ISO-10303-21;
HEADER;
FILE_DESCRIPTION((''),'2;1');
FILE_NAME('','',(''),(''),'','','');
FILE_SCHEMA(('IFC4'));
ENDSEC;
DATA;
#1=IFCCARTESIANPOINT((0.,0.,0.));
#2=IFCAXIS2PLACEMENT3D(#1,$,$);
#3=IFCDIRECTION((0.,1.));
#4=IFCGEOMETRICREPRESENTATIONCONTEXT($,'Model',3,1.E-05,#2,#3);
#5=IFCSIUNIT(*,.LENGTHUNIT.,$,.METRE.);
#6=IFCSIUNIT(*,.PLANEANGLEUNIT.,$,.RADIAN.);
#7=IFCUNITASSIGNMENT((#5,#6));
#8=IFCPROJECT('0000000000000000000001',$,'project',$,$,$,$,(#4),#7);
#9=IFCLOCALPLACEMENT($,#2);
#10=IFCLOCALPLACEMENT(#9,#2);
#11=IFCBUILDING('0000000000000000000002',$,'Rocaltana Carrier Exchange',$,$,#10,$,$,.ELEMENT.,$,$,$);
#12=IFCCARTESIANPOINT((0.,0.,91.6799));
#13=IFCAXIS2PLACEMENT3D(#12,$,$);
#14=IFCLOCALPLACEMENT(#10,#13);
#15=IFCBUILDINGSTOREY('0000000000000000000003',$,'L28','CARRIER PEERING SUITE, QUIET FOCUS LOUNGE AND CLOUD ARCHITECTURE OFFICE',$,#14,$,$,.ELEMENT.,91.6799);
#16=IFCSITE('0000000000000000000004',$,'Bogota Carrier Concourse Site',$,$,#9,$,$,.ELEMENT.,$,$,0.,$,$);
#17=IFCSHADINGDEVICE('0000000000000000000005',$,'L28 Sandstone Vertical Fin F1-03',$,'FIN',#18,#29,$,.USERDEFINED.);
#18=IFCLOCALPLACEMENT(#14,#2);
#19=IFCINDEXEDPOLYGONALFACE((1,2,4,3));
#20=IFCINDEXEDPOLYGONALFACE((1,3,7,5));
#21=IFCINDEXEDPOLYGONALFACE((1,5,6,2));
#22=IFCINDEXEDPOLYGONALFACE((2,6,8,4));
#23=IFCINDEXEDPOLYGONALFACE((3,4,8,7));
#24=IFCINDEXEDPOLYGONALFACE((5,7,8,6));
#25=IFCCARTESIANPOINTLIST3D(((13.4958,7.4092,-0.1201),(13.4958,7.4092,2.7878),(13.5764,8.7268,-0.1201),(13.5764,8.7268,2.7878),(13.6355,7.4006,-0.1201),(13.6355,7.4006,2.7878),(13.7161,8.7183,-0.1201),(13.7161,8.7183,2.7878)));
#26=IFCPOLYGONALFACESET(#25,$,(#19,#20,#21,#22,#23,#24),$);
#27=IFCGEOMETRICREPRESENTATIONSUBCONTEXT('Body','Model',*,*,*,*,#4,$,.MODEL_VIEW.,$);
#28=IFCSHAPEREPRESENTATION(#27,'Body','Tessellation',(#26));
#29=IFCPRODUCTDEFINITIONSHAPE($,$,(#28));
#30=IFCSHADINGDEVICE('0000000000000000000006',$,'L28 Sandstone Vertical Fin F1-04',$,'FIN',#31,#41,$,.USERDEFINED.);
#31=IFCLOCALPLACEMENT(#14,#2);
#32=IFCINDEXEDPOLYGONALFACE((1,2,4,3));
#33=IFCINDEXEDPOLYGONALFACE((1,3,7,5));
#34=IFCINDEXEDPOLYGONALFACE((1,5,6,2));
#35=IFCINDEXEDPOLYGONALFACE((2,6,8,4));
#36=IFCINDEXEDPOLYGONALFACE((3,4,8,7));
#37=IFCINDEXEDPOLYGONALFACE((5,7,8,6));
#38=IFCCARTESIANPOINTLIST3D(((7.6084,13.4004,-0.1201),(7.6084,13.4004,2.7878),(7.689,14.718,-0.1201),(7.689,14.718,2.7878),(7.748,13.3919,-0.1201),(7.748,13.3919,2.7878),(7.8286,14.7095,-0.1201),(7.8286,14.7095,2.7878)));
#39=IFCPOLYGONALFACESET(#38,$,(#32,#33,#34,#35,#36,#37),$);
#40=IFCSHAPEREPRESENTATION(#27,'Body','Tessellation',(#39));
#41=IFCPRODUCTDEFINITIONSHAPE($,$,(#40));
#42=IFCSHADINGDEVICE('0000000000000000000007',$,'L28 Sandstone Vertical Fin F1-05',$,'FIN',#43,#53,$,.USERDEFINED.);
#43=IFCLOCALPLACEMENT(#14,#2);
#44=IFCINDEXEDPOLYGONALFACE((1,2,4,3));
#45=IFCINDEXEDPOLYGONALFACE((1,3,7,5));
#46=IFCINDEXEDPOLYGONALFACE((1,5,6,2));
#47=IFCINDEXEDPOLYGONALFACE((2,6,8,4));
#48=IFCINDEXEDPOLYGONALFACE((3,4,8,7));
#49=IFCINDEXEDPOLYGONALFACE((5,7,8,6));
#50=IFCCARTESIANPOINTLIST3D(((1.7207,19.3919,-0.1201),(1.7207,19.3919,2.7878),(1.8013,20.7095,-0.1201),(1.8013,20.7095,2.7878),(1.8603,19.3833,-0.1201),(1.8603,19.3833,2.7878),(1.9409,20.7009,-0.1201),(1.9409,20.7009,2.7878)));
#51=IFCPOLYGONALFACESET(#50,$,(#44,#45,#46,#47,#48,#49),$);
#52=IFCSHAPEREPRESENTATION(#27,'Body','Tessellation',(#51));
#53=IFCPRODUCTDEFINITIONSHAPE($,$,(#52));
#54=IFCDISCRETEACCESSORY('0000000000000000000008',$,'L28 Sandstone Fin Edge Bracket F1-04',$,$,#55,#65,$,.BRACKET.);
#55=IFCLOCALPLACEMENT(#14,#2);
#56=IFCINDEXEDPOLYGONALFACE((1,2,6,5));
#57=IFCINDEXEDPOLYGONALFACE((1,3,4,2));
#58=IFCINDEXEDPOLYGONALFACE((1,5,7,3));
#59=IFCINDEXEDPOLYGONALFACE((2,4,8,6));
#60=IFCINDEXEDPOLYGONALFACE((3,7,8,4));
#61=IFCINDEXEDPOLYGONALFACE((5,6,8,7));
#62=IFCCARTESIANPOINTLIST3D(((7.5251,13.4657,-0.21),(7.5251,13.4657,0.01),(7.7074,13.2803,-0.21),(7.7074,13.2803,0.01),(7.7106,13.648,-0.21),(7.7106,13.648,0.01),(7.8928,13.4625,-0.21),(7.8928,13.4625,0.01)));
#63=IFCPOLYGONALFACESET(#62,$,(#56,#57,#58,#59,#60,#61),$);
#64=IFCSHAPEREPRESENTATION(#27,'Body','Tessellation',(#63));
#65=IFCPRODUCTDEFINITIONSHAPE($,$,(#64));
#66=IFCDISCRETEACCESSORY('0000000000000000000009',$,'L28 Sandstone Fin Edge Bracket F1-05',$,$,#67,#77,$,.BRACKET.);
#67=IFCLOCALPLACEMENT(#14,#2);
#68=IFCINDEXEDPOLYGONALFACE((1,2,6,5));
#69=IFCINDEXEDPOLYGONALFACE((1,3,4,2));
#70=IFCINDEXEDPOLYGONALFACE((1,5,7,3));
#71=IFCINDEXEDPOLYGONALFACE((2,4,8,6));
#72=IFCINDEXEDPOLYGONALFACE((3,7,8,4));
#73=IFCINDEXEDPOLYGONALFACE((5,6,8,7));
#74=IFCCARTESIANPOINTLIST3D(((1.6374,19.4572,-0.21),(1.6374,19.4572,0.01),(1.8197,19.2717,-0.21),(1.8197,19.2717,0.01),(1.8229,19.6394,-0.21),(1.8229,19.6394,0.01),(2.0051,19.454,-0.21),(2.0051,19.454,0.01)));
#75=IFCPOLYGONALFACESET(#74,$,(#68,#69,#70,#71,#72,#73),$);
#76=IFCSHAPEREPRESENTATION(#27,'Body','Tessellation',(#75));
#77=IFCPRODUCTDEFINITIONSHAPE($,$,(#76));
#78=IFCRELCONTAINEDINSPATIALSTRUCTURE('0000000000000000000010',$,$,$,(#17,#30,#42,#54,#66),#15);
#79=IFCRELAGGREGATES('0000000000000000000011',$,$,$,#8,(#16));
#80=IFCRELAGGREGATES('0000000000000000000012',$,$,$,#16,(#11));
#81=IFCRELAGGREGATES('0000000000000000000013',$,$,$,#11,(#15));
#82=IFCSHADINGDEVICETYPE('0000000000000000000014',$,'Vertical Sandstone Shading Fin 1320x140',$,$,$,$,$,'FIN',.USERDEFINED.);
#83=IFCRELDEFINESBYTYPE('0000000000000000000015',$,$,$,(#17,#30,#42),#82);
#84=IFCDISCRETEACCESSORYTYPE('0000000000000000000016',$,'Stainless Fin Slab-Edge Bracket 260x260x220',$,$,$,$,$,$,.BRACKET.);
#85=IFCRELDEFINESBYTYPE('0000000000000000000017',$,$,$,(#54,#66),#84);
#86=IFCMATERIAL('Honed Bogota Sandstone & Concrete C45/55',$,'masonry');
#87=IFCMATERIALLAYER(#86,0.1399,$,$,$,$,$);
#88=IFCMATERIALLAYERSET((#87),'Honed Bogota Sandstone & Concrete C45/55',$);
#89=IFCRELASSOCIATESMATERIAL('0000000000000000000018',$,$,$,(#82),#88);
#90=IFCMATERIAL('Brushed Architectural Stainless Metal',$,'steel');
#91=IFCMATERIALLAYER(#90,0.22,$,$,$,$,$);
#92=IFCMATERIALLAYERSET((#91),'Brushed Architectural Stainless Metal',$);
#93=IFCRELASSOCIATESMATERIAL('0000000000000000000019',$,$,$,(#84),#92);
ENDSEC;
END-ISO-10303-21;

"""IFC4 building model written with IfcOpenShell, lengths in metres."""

from ifc_helpers import new_model, si_unit, direction, frame, origin, origin_2d, place, context, subcontext, project, spatial, rectangle, extrude, material, layer, layer_set, type_object, element, save


model = new_model("IFC4")

# Units and contexts
model_context = context("Model", 3, precision=1e-05, world=origin(), true_north=direction((0.0, 1.0)))
body_context = subcontext(model_context, "Body", "Model", "MODEL_VIEW")
ifc_project = project(units=[si_unit("LENGTHUNIT", "METRE"), si_unit("PLANEANGLEUNIT", "RADIAN")], contexts=[model_context])

# Site, building, storey
site_placement = place(None, origin())
site = spatial("IfcSite", under=ifc_project, at=site_placement, Name="Bogota Carrier Concourse Site", CompositionType="ELEMENT", RefElevation=0.0)
building_placement = place(site_placement, origin())
building = spatial("IfcBuilding", under=site, at=building_placement, Name="Rocaltana Carrier Exchange", CompositionType="ELEMENT")
storey_placement = place(building_placement, frame((0.0, 0.0, 91.6799)))
storey = spatial("IfcBuildingStorey", under=building, at=storey_placement, Name="L28", Description="CARRIER PEERING SUITE, QUIET FOCUS LOUNGE AND CLOUD ARCHITECTURE OFFICE", CompositionType="ELEMENT", Elevation=91.6799)

# Shading devices
ifc_material_1 = material(Name="Honed Bogota Sandstone & Concrete C45/55", Category="masonry")
ifc_layer_1 = layer(ifc_material_1, 0.1399)
ifc_layer_set_1 = layer_set([ifc_layer_1], Name="Honed Bogota Sandstone & Concrete C45/55")
shading_device_type = type_object("IfcShadingDeviceType", Name="Vertical Sandstone Shading Fin 1320x140", ElementType="FIN", PredefinedType="USERDEFINED", material=ifc_layer_set_1)
for number, where, z_axis, x_axis, name in (
    (1, (13.606, 8.0637, -0.1201), (0.0, 0.0, 1.0), (0.061049, 0.998135, 0.0), "L28 Sandstone Vertical Fin F1-03"),
    (2, (7.7185, 14.0549, -0.1201), (0.0, 0.0, 1.0), (0.061049, 0.998135, 0.0), "L28 Sandstone Vertical Fin F1-04"),
    (3, (1.8308, 20.0464, -0.1201), (0.0, 0.0, 1.0), (0.061049, 0.998135, 0.0), "L28 Sandstone Vertical Fin F1-05"),
):
    element("IfcShadingDevice", number, at=place(storey_placement, frame(where, z_axis=z_axis, x_axis=x_axis)), inside=storey, type_object=shading_device_type, Name=name, ObjectType="FIN", PredefinedType="USERDEFINED", context=body_context, shape_type="SweptSolid", body=[
        extrude(rectangle(XDim=1.3201, YDim=0.1399, at=origin_2d()), origin(), (0.0, 0.0, 1.0), 2.908),
    ])

# Discrete accessories
ifc_material_2 = material(Name="Brushed Architectural Stainless Metal", Category="steel")
ifc_layer_2 = layer(ifc_material_2, 0.22)
ifc_layer_set_2 = layer_set([ifc_layer_2], Name="Brushed Architectural Stainless Metal")
discrete_accessory_type = type_object("IfcDiscreteAccessoryType", Name="Stainless Fin Slab-Edge Bracket 260x260x220", PredefinedType="BRACKET", material=ifc_layer_set_2)
for number, where, z_axis, x_axis, name in (
    (4, (7.709, 13.4641, -0.21), (0.0, 0.0, 1.0), (-0.700909, 0.71325, 0.0), "L28 Sandstone Fin Edge Bracket F1-04"),
    (5, (1.8213, 19.4556, -0.21), (0.0, 0.0, 1.0), (-0.700909, 0.71325, 0.0), "L28 Sandstone Fin Edge Bracket F1-05"),
):
    element("IfcDiscreteAccessory", number, at=place(storey_placement, frame(where, z_axis=z_axis, x_axis=x_axis)), inside=storey, type_object=discrete_accessory_type, Name=name, PredefinedType="BRACKET", context=body_context, shape_type="SweptSolid", body=[
        extrude(rectangle(XDim=0.26, YDim=0.26, at=origin_2d()), origin(), (0.0, 0.0, 1.0), 0.22),
    ])

save(model, "model.ifc")
